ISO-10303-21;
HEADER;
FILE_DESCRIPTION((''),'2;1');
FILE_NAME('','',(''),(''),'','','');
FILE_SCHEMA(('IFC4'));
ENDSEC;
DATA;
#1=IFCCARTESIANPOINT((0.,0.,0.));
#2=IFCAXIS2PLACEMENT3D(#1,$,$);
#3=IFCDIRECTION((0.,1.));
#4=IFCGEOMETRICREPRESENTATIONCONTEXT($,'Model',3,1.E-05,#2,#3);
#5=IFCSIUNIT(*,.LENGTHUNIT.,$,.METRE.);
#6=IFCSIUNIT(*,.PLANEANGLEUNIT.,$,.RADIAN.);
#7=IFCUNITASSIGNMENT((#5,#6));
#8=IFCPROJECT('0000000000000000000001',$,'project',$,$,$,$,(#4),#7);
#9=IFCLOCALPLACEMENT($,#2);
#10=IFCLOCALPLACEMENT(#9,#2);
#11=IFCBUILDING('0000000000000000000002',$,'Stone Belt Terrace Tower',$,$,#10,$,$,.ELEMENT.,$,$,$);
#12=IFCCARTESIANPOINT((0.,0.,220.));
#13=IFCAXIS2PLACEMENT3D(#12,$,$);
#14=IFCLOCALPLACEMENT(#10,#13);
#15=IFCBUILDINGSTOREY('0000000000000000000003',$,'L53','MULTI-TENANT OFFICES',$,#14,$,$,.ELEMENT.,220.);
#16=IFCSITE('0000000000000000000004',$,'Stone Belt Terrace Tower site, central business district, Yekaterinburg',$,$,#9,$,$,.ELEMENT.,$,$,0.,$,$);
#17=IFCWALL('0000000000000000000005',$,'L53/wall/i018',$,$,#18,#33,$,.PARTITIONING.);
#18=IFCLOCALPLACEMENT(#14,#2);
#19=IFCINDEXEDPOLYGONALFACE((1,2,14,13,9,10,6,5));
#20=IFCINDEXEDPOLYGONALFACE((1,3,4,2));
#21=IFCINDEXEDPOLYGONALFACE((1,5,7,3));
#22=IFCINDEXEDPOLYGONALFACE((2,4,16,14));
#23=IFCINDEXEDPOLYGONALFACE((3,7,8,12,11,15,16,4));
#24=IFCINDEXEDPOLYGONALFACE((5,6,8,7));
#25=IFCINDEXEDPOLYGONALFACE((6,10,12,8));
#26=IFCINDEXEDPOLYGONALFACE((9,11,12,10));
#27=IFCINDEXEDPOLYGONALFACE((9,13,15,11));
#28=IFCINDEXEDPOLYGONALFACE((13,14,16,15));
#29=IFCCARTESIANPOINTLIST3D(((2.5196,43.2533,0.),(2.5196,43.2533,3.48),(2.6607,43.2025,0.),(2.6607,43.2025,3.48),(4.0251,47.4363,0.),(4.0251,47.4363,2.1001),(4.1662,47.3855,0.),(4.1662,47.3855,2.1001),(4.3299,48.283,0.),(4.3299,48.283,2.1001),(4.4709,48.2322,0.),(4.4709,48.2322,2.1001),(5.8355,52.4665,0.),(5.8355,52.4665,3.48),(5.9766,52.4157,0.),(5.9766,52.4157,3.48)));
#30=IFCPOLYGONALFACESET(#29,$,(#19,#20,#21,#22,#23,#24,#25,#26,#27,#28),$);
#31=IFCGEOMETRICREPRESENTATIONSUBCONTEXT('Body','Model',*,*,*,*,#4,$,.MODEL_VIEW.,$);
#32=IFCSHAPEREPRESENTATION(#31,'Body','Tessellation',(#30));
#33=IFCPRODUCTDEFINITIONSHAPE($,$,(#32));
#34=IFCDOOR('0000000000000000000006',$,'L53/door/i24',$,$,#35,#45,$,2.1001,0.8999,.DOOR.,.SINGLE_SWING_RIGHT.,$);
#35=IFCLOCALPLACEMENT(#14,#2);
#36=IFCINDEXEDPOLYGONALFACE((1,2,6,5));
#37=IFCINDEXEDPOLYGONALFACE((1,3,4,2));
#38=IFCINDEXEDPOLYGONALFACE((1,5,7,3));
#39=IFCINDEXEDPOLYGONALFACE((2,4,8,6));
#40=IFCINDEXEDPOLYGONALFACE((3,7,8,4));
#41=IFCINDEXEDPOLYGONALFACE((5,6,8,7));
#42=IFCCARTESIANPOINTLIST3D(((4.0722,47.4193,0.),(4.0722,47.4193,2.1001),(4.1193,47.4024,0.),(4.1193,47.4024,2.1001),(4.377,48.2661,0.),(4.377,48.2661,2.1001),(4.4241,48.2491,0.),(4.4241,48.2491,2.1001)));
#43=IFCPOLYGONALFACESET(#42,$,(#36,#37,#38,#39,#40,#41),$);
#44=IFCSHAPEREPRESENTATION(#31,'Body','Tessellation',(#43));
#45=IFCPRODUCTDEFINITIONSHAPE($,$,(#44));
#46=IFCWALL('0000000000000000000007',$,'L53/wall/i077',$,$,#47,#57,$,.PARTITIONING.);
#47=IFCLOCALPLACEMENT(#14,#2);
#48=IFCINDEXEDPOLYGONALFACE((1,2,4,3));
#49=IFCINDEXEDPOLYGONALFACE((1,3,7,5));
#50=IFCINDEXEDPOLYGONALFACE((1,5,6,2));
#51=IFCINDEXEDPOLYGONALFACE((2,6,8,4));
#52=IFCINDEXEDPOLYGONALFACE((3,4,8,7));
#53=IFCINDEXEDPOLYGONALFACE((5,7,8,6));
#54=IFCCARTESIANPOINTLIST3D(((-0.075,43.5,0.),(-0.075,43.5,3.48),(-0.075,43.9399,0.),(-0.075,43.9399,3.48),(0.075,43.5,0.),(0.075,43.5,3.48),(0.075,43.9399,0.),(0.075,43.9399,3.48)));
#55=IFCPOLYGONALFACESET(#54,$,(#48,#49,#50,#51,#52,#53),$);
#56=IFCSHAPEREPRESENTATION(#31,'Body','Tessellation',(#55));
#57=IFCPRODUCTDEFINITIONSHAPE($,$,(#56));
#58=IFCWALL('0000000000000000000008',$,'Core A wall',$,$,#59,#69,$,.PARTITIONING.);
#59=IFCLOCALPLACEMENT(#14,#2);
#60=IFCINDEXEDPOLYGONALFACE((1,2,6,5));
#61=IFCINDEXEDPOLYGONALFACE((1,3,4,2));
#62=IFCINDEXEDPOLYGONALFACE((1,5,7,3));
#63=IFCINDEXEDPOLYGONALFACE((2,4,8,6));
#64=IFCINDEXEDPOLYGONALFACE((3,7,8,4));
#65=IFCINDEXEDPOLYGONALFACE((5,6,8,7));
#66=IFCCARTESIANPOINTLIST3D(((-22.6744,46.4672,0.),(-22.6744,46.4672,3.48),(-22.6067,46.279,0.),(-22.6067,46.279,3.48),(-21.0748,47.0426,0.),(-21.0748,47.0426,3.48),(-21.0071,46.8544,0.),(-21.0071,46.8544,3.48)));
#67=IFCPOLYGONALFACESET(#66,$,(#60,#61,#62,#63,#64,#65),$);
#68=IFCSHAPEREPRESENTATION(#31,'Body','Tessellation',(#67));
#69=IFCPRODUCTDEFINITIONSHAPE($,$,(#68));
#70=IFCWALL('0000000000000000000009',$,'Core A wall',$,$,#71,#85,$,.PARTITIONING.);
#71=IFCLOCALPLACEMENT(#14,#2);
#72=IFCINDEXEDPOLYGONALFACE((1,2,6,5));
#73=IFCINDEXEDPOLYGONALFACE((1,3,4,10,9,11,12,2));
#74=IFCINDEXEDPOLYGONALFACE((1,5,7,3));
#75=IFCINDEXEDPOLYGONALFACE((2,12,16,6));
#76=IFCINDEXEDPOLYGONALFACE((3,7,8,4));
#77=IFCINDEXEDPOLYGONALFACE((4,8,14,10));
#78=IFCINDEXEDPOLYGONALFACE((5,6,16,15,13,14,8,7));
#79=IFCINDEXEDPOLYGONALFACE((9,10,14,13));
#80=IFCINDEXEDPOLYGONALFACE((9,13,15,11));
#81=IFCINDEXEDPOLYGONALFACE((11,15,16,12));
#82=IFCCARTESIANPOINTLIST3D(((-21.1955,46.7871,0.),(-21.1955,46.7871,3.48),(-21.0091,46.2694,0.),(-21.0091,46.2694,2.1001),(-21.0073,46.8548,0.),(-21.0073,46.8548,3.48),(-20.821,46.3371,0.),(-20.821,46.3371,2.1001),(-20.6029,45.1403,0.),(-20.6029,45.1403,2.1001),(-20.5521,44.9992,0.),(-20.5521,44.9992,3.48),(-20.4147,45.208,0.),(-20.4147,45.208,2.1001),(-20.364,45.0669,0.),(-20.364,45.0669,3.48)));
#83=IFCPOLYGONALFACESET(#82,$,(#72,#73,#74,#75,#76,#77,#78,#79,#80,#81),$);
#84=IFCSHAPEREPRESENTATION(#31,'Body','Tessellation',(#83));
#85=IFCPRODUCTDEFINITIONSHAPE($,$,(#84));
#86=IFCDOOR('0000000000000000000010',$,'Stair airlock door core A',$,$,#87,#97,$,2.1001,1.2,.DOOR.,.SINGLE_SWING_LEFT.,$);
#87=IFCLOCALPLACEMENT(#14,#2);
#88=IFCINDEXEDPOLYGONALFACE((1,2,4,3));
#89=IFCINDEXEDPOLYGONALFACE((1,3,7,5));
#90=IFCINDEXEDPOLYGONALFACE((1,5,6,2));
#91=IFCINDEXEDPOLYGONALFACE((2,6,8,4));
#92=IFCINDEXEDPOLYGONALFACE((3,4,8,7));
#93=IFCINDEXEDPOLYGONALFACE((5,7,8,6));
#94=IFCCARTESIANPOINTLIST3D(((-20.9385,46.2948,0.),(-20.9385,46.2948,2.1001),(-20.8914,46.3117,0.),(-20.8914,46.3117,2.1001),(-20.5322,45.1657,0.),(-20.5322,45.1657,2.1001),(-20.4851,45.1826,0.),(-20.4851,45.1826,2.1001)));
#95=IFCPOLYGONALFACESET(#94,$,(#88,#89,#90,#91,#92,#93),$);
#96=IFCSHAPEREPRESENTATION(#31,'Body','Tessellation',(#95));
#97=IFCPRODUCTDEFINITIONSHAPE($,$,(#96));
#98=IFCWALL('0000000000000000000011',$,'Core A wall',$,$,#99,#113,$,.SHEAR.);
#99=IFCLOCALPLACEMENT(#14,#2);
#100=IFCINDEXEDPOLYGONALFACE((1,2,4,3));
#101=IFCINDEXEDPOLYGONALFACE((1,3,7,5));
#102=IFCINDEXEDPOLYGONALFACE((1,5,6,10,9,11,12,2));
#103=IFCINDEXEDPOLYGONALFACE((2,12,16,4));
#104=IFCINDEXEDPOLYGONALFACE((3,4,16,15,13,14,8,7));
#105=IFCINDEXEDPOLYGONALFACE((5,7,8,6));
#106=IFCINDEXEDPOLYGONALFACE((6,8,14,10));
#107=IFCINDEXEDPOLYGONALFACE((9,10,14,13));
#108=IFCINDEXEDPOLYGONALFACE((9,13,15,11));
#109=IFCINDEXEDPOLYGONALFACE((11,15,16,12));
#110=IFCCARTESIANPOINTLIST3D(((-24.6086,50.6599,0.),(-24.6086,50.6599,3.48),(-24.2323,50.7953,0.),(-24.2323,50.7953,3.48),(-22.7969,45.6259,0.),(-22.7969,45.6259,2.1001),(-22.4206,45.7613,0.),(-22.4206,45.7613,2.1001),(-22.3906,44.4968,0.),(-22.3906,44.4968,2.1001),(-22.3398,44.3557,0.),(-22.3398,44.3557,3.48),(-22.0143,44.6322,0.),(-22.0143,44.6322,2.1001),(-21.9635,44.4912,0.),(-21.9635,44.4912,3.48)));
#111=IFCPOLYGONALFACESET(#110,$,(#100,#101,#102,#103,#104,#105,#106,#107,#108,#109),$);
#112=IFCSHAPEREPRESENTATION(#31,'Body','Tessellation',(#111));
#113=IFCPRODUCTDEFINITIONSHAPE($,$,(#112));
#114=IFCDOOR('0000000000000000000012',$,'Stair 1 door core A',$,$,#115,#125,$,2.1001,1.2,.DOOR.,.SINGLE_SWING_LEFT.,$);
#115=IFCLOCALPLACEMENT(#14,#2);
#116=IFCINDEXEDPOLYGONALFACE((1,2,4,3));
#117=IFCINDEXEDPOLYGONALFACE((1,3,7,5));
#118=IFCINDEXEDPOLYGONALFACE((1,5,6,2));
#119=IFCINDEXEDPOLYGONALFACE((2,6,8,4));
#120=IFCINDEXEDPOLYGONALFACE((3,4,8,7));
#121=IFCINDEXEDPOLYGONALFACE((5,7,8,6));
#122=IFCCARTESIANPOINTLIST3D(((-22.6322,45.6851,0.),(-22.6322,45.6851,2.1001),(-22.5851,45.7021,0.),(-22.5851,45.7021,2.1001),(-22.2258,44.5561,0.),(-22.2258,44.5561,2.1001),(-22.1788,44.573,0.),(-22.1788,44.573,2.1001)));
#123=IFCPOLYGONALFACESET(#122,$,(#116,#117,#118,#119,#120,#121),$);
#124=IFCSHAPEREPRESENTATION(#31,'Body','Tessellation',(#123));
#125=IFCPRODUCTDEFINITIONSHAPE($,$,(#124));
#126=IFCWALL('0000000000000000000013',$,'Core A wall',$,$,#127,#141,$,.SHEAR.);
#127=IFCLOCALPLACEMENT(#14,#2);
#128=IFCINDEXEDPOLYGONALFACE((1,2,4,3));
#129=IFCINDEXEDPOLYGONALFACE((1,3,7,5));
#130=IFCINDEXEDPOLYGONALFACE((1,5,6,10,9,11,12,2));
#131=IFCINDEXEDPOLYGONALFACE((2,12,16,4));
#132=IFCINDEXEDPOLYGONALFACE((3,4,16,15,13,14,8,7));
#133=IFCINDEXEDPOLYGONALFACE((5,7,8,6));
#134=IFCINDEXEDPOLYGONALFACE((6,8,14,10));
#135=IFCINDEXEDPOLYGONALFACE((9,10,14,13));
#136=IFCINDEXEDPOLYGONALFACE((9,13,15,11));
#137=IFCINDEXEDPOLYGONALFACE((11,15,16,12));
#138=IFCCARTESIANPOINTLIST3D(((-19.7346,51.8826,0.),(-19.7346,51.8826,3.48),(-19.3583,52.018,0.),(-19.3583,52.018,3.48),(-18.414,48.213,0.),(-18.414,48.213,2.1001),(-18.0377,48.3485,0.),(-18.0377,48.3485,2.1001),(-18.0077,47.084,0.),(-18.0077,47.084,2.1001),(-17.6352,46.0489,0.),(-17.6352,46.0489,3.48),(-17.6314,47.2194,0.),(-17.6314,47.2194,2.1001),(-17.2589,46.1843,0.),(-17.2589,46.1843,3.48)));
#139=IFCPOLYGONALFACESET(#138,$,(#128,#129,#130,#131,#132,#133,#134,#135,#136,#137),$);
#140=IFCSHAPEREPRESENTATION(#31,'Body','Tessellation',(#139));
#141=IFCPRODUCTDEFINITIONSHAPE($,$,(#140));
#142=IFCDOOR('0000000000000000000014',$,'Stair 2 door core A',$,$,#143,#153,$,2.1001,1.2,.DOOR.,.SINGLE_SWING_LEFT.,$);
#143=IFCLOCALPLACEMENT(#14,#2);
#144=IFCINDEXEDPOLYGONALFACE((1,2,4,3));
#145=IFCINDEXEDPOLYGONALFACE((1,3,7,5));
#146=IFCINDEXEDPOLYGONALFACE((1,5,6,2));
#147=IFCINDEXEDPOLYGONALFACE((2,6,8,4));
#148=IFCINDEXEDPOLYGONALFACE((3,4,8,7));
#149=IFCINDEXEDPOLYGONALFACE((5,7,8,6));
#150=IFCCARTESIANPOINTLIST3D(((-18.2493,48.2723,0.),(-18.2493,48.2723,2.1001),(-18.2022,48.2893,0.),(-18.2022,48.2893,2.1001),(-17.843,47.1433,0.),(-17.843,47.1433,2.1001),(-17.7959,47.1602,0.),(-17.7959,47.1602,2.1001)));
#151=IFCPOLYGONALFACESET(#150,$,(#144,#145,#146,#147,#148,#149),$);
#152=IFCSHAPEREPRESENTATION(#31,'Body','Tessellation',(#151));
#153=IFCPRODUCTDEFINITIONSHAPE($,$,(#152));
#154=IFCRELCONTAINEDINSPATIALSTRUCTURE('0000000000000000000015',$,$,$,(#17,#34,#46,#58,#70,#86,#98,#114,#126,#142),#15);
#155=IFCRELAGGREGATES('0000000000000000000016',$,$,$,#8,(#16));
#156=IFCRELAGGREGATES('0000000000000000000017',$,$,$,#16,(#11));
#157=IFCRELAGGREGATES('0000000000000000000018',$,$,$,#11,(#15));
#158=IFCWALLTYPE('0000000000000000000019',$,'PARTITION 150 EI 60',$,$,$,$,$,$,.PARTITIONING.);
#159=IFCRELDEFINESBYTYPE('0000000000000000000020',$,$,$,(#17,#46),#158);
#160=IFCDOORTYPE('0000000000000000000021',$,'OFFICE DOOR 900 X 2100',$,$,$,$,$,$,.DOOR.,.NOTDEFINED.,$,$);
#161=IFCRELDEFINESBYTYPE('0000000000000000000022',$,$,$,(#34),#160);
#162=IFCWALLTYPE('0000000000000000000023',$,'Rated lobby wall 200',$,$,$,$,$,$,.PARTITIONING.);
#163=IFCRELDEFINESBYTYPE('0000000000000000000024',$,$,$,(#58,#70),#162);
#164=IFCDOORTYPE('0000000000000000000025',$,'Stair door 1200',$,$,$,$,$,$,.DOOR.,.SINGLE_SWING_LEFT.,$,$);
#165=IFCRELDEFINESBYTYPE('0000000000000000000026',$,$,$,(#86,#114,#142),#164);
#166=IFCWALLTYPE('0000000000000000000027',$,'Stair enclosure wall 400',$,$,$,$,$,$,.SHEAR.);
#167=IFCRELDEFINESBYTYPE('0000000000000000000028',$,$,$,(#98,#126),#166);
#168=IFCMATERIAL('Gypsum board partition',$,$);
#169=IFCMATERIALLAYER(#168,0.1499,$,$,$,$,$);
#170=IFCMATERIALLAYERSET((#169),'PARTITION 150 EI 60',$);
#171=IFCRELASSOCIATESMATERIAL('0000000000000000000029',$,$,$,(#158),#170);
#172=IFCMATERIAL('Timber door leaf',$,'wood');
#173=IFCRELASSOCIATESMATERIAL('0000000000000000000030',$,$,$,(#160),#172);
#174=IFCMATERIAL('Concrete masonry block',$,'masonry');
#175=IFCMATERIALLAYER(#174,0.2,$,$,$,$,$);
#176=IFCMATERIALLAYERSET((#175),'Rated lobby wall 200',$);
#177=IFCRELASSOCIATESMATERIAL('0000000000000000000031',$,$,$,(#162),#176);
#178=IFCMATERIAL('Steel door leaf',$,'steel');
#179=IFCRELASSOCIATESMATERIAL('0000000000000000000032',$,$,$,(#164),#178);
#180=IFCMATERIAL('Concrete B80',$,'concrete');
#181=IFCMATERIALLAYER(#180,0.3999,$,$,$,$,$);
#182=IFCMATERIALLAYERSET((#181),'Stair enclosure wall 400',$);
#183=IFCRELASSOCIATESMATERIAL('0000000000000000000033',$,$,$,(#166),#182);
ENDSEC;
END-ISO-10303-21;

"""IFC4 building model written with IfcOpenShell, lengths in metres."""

from ifc_helpers import new_model, si_unit, direction, frame, frame_2d, origin, place, context, subcontext, project, spatial, rectangle, extrude, material, layer, layer_set, type_object, element, fill, save


model = new_model("IFC4")

# Units and contexts
model_context = context("Model", 3, precision=1e-05, world=origin(), true_north=direction((0.0, 1.0)))
body_context = subcontext(model_context, "Body", "Model", "MODEL_VIEW")
ifc_project = project(units=[si_unit("LENGTHUNIT", "METRE"), si_unit("PLANEANGLEUNIT", "RADIAN")], contexts=[model_context])

# Site, building, storey
site_placement = place(None, origin())
site = spatial("IfcSite", under=ifc_project, at=site_placement, Name="Stone Belt Terrace Tower site, central business district, Yekaterinburg", CompositionType="ELEMENT", RefElevation=0.0)
building_placement = place(site_placement, origin())
building = spatial("IfcBuilding", under=site, at=building_placement, Name="Stone Belt Terrace Tower", CompositionType="ELEMENT")
storey_placement = place(building_placement, frame((0.0, 0.0, 220.0)))
storey = spatial("IfcBuildingStorey", under=building, at=storey_placement, Name="L53", Description="MULTI-TENANT OFFICES", CompositionType="ELEMENT", Elevation=220.0)

# Shared definitions
ifc_material_1 = material(Name="Gypsum board partition")
ifc_layer_1 = layer(ifc_material_1, 0.1499)
ifc_layer_set_1 = layer_set([ifc_layer_1], Name="PARTITION 150 EI 60")
wall_type_1 = type_object("IfcWallType", Name="PARTITION 150 EI 60", PredefinedType="PARTITIONING", material=ifc_layer_set_1)

# Shared definitions
ifc_material_2 = material(Name="Timber door leaf", Category="wood")
door_type_1 = type_object("IfcDoorType", Name="OFFICE DOOR 900 X 2100", OperationType="NOTDEFINED", PredefinedType="DOOR", material=ifc_material_2)

# Wall, opening, door
wall_1_placement = place(storey_placement, frame((2.5901, 43.2278, 0.0), z_axis=(0.0, 0.0, 1.0), x_axis=(0.338646, 0.940914, 0.0)))
wall_1 = element("IfcWall", 1, at=wall_1_placement, inside=storey, type_object=wall_type_1, Name="L53/wall/i018", PredefinedType="PARTITIONING", context=body_context, shape_type="SweptSolid", body=[
    extrude(rectangle(XDim=9.7917, YDim=0.1499, at=frame_2d((4.896, 0.0))), origin(), (0.0, 0.0, 1.0), 3.48),
])
opening_1_placement = place(wall_1_placement, frame((4.4458, 0.0, 0.0)))
opening_1 = element("IfcOpeningElement", 2, at=opening_1_placement, cuts=wall_1, PredefinedType="OPENING", context=body_context, shape_type="SweptSolid", body=[
    extrude(rectangle(XDim=0.8999, YDim=2.1001, at=frame_2d((0.45, 1.05))), frame((0.0, 0.085, 0.0), z_axis=(0.0, -1.0, 0.0), x_axis=(1.0, 0.0, 0.0)), (0.0, 0.0, 1.0), 0.1699),
])
door_1_placement = place(opening_1_placement, origin())
door_1 = element("IfcDoor", 3, at=door_1_placement, inside=storey, type_object=door_type_1, Name="L53/door/i24", OperationType="SINGLE_SWING_RIGHT", OverallHeight=2.1001, OverallWidth=0.8999, PredefinedType="DOOR", context=body_context, shape_type="SweptSolid", body=[
    extrude(rectangle(XDim=0.8999, YDim=2.1001, at=frame_2d((0.45, 1.05))), frame((0.0, 0.0249, 0.0), z_axis=(0.0, -1.0, 0.0), x_axis=(1.0, 0.0, 0.0)), (0.0, 0.0, 1.0), 0.05),
])
fill(opening_1, door_1)

# Walls
wall_2_placement = place(storey_placement, frame((0.0, 43.9399, 0.0), z_axis=(0.0, 0.0, 1.0), x_axis=(0.0, -1.0, 0.0)))
element("IfcWall", 4, at=wall_2_placement, inside=storey, type_object=wall_type_1, Name="L53/wall/i077", PredefinedType="PARTITIONING", context=body_context, shape_type="SweptSolid", body=[
    extrude(rectangle(XDim=0.4399, YDim=0.1499, at=frame_2d((0.22, 0.0))), origin(), (0.0, 0.0, 1.0), 3.48),
])
ifc_material_3 = material(Name="Concrete masonry block", Category="masonry")
ifc_layer_2 = layer(ifc_material_3, 0.2)
ifc_layer_set_2 = layer_set([ifc_layer_2], Name="Rated lobby wall 200")
wall_type_2 = type_object("IfcWallType", Name="Rated lobby wall 200", PredefinedType="PARTITIONING", material=ifc_layer_set_2)
wall_3_placement = place(storey_placement, frame((-22.6406, 46.373, 0.0), z_axis=(0.0, 0.0, 1.0), x_axis=(0.940966, 0.338501, 0.0)))
element("IfcWall", 5, at=wall_3_placement, inside=storey, type_object=wall_type_2, Name="Core A wall", PredefinedType="PARTITIONING", context=body_context, shape_type="SweptSolid", body=[
    extrude(rectangle(XDim=1.7, YDim=0.2, at=frame_2d((0.8501, 0.0))), origin(), (0.0, 0.0, 1.0), 3.48),
])

# Walls, openings, doors
wall_4_placement = place(storey_placement, frame((-20.458, 45.033, 0.0), z_axis=(0.0, 0.0, 1.0), x_axis=(-0.338574, 0.94094, 0.0)))
wall_4 = element("IfcWall", 6, at=wall_4_placement, inside=storey, type_object=wall_type_2, Name="Core A wall", PredefinedType="PARTITIONING", context=body_context, shape_type="SweptSolid", body=[
    extrude(rectangle(XDim=1.9001, YDim=0.2, at=frame_2d((0.9502, 0.0))), origin(), (0.0, 0.0, 1.0), 3.48),
])
opening_2_placement = place(wall_4_placement, frame((0.1499, 0.0, 0.0)))
opening_2 = element("IfcOpeningElement", 7, at=opening_2_placement, cuts=wall_4, PredefinedType="OPENING", context=body_context, shape_type="SweptSolid", body=[
    extrude(rectangle(XDim=1.2, YDim=2.1001, at=frame_2d((0.6001, 1.05))), frame((0.0, 0.1099, 0.0), z_axis=(0.0, -1.0, 0.0), x_axis=(1.0, 0.0, 0.0)), (0.0, 0.0, 1.0), 0.22),
])
ifc_material_4 = material(Name="Steel door leaf", Category="steel")
door_type_2 = type_object("IfcDoorType", Name="Stair door 1200", OperationType="SINGLE_SWING_LEFT", PredefinedType="DOOR", material=ifc_material_4)
door_2_placement = place(opening_2_placement, origin())
door_2 = element("IfcDoor", 8, at=door_2_placement, inside=storey, type_object=door_type_2, Name="Stair airlock door core A", OperationType="SINGLE_SWING_LEFT", OverallHeight=2.1001, OverallWidth=1.2, PredefinedType="DOOR", context=body_context, shape_type="SweptSolid", body=[
    extrude(rectangle(XDim=1.2, YDim=2.1001, at=frame_2d((0.6001, 1.05))), frame((0.0, 0.0249, 0.0), z_axis=(0.0, -1.0, 0.0), x_axis=(1.0, 0.0, 0.0)), (0.0, 0.0, 1.0), 0.05),
])
fill(opening_2, door_2)
ifc_material_5 = material(Name="Concrete B80", Category="concrete")
ifc_layer_3 = layer(ifc_material_5, 0.3999)
ifc_layer_set_3 = layer_set([ifc_layer_3], Name="Stair enclosure wall 400")
wall_type_3 = type_object("IfcWallType", Name="Stair enclosure wall 400", PredefinedType="SHEAR", material=ifc_layer_set_3)
wall_5_placement = place(storey_placement, frame((-22.1516, 44.4233, 0.0), z_axis=(0.0, 0.0, 1.0), x_axis=(-0.338625, 0.940921, 0.0)))
wall_5 = element("IfcWall", 9, at=wall_5_placement, inside=storey, type_object=wall_type_3, Name="Core A wall", PredefinedType="SHEAR", context=body_context, shape_type="SweptSolid", body=[
    extrude(rectangle(XDim=6.7, YDim=0.3999, at=frame_2d((3.3501, 0.0))), origin(), (0.0, 0.0, 1.0), 3.48),
])
opening_3_placement = place(wall_5_placement, frame((0.1499, 0.0, 0.0)))
opening_3 = element("IfcOpeningElement", 10, at=opening_3_placement, cuts=wall_5, PredefinedType="OPENING", context=body_context, shape_type="SweptSolid", body=[
    extrude(rectangle(XDim=1.2, YDim=2.1001, at=frame_2d((0.6001, 1.05))), frame((0.0, 0.21, 0.0), z_axis=(0.0, -1.0, 0.0), x_axis=(1.0, 0.0, 0.0)), (0.0, 0.0, 1.0), 0.4199),
])
door_3_placement = place(opening_3_placement, origin())
door_3 = element("IfcDoor", 11, at=door_3_placement, inside=storey, type_object=door_type_2, Name="Stair 1 door core A", OperationType="SINGLE_SWING_LEFT", OverallHeight=2.1001, OverallWidth=1.2, PredefinedType="DOOR", context=body_context, shape_type="SweptSolid", body=[
    extrude(rectangle(XDim=1.2, YDim=2.1001, at=frame_2d((0.6001, 1.05))), frame((0.0, 0.0249, 0.0), z_axis=(0.0, -1.0, 0.0), x_axis=(1.0, 0.0, 0.0)), (0.0, 0.0, 1.0), 0.05),
])
fill(opening_3, door_3)
wall_6_placement = place(storey_placement, frame((-17.447, 46.1165, 0.0), z_axis=(0.0, 0.0, 1.0), x_axis=(-0.338608, 0.940928, 0.0)))
wall_6 = element("IfcWall", 12, at=wall_6_placement, inside=storey, type_object=wall_type_3, Name="Core A wall", PredefinedType="SHEAR", context=body_context, shape_type="SweptSolid", body=[
    extrude(rectangle(XDim=6.2, YDim=0.3999, at=frame_2d((3.1001, 0.0))), origin(), (0.0, 0.0, 1.0), 3.48),
])
opening_4_placement = place(wall_6_placement, frame((1.1001, 0.0, 0.0)))
opening_4 = element("IfcOpeningElement", 13, at=opening_4_placement, cuts=wall_6, PredefinedType="OPENING", context=body_context, shape_type="SweptSolid", body=[
    extrude(rectangle(XDim=1.2, YDim=2.1001, at=frame_2d((0.6001, 1.05))), frame((0.0, 0.21, 0.0), z_axis=(0.0, -1.0, 0.0), x_axis=(1.0, 0.0, 0.0)), (0.0, 0.0, 1.0), 0.4199),
])
door_4_placement = place(opening_4_placement, origin())
door_4 = element("IfcDoor", 14, at=door_4_placement, inside=storey, type_object=door_type_2, Name="Stair 2 door core A", OperationType="SINGLE_SWING_LEFT", OverallHeight=2.1001, OverallWidth=1.2, PredefinedType="DOOR", context=body_context, shape_type="SweptSolid", body=[
    extrude(rectangle(XDim=1.2, YDim=2.1001, at=frame_2d((0.6001, 1.05))), frame((0.0, 0.0249, 0.0), z_axis=(0.0, -1.0, 0.0), x_axis=(1.0, 0.0, 0.0)), (0.0, 0.0, 1.0), 0.05),
])
fill(opening_4, door_4)

save(model, "model.ifc")
